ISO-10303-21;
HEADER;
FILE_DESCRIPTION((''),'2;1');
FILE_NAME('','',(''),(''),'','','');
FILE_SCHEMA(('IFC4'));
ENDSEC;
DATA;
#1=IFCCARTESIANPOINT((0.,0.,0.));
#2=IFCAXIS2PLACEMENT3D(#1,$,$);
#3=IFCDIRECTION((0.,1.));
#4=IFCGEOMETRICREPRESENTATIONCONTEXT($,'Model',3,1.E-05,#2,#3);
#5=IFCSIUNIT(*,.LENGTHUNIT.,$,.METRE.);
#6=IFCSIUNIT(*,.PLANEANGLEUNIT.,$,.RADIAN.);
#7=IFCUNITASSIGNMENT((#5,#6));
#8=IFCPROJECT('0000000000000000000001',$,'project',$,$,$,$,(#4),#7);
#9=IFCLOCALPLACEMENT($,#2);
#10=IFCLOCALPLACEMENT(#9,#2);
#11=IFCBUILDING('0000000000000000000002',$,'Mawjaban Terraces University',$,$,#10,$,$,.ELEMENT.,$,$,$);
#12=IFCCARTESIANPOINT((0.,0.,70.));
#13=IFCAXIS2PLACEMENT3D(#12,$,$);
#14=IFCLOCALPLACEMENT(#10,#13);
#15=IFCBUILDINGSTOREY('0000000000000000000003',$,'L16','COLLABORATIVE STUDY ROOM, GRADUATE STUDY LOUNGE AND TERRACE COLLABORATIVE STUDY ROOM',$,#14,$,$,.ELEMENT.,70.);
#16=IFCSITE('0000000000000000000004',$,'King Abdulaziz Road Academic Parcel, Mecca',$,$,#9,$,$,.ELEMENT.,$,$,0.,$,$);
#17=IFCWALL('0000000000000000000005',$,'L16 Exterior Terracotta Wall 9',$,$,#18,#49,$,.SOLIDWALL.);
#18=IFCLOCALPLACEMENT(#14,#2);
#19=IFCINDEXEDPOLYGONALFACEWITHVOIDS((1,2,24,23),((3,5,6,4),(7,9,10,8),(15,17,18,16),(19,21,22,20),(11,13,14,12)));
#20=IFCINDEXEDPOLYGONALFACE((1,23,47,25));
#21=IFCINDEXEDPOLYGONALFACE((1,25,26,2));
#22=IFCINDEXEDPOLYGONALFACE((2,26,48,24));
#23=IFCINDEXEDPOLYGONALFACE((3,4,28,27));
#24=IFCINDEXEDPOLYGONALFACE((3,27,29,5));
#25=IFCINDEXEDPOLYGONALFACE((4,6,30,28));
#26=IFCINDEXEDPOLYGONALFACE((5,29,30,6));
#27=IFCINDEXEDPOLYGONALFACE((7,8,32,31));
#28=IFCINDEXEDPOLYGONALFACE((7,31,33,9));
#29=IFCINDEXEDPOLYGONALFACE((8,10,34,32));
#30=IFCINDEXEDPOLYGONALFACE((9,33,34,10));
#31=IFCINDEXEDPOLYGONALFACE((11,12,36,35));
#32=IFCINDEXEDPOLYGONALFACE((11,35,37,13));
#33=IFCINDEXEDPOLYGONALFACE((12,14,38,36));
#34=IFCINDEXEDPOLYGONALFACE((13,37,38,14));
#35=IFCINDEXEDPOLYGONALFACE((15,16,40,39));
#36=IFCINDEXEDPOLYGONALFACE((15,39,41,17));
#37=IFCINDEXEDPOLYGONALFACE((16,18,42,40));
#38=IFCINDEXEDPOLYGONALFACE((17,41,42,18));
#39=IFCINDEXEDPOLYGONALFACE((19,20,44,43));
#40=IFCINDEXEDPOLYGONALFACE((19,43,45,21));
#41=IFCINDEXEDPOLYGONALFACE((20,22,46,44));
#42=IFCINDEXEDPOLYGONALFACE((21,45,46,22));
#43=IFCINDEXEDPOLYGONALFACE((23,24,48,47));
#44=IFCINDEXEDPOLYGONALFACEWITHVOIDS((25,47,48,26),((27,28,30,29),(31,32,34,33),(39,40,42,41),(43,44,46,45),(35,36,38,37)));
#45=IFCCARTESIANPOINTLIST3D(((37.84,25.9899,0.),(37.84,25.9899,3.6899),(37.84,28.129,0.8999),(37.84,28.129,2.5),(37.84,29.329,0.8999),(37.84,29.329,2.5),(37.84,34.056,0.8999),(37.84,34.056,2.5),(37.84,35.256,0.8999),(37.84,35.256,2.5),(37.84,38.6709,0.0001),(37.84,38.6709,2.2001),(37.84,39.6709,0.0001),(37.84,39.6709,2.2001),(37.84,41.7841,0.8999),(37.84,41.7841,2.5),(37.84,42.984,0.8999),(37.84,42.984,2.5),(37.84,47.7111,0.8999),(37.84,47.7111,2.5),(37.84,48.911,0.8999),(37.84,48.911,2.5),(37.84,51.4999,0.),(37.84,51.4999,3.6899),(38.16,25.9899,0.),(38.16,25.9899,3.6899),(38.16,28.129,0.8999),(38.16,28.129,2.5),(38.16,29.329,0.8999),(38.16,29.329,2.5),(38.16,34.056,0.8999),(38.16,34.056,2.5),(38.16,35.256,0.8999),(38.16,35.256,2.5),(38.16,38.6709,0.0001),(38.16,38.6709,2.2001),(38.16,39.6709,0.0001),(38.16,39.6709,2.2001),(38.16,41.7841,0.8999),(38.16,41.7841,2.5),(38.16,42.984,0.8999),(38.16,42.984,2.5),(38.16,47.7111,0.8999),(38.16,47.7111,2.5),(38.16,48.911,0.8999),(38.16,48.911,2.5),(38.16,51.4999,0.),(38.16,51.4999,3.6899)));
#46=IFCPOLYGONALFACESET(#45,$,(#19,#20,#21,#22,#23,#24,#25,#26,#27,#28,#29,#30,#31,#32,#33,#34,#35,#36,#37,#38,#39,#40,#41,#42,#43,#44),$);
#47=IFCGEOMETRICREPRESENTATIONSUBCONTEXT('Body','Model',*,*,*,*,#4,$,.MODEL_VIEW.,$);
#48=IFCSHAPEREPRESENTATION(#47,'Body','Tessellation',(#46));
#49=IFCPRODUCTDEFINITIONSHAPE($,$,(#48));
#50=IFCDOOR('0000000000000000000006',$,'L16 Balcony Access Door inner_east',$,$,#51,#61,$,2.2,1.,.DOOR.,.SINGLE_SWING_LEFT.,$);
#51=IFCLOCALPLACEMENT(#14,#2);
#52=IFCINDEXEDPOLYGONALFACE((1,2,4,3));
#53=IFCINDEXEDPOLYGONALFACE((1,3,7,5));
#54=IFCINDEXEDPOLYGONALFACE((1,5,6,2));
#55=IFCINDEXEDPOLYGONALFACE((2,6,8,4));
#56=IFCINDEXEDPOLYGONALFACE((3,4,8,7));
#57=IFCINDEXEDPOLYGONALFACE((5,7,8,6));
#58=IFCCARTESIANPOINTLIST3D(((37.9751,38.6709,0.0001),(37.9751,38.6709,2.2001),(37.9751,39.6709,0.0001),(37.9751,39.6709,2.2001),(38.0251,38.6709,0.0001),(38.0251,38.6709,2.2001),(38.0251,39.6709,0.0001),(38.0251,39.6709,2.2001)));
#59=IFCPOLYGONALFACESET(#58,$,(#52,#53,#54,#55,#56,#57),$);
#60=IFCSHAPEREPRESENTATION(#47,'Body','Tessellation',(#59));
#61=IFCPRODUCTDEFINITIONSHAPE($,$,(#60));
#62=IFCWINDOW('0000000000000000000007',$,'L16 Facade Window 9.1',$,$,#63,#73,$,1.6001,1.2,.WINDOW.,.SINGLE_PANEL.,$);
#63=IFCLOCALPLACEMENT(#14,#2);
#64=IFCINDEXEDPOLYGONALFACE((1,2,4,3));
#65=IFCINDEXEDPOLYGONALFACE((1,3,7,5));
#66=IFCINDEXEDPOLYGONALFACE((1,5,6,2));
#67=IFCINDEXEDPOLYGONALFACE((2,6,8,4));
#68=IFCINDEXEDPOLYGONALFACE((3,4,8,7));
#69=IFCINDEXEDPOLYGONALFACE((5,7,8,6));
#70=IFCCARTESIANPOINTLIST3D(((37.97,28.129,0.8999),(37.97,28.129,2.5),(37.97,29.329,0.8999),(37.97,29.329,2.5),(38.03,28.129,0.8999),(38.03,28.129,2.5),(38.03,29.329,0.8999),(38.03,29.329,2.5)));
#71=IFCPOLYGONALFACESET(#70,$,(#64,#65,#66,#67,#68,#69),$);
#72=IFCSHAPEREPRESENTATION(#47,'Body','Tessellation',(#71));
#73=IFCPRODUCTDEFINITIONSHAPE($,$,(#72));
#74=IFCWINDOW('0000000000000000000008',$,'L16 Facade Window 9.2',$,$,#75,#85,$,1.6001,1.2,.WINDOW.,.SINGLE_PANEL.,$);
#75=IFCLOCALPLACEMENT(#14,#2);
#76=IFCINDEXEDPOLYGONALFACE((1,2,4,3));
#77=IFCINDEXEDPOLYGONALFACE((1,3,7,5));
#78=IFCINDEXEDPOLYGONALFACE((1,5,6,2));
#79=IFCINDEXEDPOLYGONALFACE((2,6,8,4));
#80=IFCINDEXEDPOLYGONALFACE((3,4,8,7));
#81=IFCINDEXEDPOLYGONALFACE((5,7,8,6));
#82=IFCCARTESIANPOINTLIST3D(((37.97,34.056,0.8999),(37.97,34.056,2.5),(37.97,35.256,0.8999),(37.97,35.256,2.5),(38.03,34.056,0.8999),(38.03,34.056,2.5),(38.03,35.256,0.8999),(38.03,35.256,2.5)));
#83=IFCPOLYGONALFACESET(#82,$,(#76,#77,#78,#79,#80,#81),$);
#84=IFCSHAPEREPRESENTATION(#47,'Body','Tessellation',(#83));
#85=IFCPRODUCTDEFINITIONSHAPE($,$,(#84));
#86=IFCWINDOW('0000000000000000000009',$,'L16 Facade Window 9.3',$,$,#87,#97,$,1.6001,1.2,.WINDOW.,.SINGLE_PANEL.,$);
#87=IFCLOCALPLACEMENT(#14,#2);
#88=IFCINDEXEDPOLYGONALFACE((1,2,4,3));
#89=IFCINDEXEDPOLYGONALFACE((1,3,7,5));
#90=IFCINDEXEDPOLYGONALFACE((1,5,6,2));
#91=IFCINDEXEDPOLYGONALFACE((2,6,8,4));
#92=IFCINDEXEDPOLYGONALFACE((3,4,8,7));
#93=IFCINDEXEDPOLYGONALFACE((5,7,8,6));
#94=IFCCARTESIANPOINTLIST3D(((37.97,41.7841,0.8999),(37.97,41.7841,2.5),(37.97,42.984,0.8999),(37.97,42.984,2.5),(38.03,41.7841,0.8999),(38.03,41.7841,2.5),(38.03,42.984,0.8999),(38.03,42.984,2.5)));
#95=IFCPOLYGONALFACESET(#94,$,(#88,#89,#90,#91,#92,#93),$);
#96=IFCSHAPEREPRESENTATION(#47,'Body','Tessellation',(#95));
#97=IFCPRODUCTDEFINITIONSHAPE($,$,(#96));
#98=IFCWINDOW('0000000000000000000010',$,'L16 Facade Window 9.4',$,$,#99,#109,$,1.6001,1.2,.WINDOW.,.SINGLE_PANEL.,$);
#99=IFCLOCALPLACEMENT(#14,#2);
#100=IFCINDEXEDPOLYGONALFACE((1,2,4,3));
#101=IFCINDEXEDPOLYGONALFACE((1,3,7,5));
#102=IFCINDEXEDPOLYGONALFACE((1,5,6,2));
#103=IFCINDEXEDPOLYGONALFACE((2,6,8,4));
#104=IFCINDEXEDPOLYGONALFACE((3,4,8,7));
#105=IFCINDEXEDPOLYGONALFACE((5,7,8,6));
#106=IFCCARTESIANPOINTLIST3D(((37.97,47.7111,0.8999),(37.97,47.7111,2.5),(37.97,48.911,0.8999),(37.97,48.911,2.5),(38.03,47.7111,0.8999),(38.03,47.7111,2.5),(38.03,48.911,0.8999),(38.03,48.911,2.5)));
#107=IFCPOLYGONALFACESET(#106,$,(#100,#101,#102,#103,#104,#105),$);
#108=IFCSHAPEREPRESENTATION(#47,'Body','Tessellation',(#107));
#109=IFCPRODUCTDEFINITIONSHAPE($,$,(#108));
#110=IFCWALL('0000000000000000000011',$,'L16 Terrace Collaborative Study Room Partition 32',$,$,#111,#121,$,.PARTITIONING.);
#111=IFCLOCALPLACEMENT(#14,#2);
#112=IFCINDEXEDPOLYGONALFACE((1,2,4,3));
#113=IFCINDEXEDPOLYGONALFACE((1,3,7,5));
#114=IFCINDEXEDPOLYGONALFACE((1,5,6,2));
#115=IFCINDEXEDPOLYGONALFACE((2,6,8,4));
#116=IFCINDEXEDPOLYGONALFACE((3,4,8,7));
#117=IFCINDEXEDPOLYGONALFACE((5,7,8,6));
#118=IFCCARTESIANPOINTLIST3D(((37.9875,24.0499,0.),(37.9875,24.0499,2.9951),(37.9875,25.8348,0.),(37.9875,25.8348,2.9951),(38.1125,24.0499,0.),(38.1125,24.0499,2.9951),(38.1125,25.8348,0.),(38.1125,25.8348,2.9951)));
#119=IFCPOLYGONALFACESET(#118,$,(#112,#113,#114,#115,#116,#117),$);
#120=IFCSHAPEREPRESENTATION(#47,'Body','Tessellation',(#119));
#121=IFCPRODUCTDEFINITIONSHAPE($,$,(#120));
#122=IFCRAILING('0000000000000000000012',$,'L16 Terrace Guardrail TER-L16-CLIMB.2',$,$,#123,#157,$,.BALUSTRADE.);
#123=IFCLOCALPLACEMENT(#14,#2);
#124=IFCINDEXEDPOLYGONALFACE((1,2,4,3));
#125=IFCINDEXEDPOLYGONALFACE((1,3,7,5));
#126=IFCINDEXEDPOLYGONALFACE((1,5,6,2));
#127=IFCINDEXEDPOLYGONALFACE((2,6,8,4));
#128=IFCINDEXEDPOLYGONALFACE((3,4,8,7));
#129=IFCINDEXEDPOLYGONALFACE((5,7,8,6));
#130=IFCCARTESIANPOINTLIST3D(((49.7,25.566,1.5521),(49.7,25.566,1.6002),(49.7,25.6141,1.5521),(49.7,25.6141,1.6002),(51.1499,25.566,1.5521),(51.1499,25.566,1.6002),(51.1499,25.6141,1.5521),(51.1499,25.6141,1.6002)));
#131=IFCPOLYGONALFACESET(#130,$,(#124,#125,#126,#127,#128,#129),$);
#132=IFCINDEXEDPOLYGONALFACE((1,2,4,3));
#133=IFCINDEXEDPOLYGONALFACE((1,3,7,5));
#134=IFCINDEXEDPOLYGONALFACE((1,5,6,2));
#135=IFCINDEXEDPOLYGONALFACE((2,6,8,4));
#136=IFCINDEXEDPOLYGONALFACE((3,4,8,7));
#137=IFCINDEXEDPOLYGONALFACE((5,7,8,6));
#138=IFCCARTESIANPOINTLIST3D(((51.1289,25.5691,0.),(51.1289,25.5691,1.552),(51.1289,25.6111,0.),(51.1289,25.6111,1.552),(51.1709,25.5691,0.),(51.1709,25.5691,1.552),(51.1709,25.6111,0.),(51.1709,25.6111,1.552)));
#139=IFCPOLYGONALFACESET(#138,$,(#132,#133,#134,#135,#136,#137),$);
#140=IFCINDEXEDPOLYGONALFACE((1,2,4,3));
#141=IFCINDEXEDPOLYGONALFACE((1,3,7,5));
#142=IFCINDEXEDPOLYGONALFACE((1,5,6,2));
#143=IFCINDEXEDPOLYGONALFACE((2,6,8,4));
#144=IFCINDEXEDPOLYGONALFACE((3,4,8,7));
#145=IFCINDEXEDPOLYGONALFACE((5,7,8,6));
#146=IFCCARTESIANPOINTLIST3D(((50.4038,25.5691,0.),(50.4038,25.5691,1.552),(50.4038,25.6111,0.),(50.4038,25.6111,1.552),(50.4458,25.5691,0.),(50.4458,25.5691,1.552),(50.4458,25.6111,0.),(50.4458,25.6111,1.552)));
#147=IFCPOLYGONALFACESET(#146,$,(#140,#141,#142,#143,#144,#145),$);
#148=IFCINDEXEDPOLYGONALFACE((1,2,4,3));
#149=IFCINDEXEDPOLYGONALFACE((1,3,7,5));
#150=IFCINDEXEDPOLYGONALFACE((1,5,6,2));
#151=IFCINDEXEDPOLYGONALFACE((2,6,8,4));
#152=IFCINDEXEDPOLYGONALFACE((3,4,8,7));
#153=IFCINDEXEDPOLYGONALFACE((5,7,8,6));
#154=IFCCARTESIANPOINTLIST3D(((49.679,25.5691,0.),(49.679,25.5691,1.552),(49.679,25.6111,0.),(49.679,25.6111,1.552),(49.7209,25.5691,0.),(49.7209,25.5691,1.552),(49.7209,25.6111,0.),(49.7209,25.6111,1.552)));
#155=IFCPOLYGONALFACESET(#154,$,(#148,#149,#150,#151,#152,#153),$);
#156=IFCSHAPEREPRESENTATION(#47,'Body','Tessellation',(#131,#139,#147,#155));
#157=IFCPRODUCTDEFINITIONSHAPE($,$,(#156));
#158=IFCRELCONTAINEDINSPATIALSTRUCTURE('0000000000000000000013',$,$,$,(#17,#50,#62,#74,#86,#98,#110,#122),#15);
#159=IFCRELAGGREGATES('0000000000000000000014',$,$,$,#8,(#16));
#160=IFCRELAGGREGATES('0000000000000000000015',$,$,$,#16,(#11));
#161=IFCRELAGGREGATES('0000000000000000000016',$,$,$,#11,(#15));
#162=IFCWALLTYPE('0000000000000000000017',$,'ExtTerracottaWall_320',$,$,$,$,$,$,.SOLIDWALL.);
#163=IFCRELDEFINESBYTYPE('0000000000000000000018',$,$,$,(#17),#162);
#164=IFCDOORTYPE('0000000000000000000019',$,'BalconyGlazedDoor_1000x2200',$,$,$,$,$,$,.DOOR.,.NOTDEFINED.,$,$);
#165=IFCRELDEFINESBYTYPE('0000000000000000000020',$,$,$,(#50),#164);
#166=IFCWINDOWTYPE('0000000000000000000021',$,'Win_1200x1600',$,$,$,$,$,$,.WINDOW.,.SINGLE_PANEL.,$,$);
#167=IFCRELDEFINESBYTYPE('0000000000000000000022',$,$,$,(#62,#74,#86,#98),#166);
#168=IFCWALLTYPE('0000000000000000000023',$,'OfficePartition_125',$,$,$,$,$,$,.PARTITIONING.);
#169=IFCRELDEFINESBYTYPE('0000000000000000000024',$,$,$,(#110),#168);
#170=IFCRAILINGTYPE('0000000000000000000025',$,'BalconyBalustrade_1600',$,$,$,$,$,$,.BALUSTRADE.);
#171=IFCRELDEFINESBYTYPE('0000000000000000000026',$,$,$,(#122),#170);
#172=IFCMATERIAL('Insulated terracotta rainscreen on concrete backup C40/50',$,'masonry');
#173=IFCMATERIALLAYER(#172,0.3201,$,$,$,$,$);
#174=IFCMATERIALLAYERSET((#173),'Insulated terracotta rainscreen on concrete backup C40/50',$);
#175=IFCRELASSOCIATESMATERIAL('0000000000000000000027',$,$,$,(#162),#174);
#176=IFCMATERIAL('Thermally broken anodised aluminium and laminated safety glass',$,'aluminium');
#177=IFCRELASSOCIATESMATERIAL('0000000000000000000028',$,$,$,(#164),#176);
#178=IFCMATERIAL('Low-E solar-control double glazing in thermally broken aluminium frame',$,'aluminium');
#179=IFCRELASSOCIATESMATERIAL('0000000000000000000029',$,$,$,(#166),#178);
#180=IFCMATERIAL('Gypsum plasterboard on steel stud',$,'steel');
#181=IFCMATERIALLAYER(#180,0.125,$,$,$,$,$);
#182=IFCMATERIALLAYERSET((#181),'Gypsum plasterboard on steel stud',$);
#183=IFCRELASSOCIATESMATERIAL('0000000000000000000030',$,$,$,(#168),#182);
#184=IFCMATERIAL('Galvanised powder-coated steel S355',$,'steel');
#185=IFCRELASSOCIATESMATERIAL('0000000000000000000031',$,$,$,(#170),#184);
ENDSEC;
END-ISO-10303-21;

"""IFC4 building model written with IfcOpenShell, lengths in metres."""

from ifc_helpers import new_model, si_unit, direction, frame, frame_2d, origin, origin_2d, place, context, subcontext, project, spatial, rectangle, extrude, material, layer, layer_set, type_object, element, fill, save


model = new_model("IFC4")

# Units and contexts
model_context = context("Model", 3, precision=1e-05, world=origin(), true_north=direction((0.0, 1.0)))
body_context = subcontext(model_context, "Body", "Model", "MODEL_VIEW")
ifc_project = project(units=[si_unit("LENGTHUNIT", "METRE"), si_unit("PLANEANGLEUNIT", "RADIAN")], contexts=[model_context])

# Site, building, storey
site_placement = place(None, origin())
site = spatial("IfcSite", under=ifc_project, at=site_placement, Name="King Abdulaziz Road Academic Parcel, Mecca", CompositionType="ELEMENT", RefElevation=0.0)
building_placement = place(site_placement, origin())
building = spatial("IfcBuilding", under=site, at=building_placement, Name="Mawjaban Terraces University", CompositionType="ELEMENT")
storey_placement = place(building_placement, frame((0.0, 0.0, 70.0)))
storey = spatial("IfcBuildingStorey", under=building, at=storey_placement, Name="L16", Description="COLLABORATIVE STUDY ROOM, GRADUATE STUDY LOUNGE AND TERRACE COLLABORATIVE STUDY ROOM", CompositionType="ELEMENT", Elevation=70.0)

# Shared definitions
ifc_material_1 = material(Name="Insulated terracotta rainscreen on concrete backup C40/50", Category="masonry")
ifc_layer_1 = layer(ifc_material_1, 0.3201)
ifc_layer_set_1 = layer_set([ifc_layer_1], Name="Insulated terracotta rainscreen on concrete backup C40/50")
wall_type_1 = type_object("IfcWallType", Name="ExtTerracottaWall_320", PredefinedType="SOLIDWALL", material=ifc_layer_set_1)

# Wall, openings, door, windows
wall_1_placement = place(storey_placement, frame((38.0, 25.99, 0.0), z_axis=(0.0, 0.0, 1.0), x_axis=(0.0, 1.0, 0.0)))
wall_1 = element("IfcWall", 1, at=wall_1_placement, inside=storey, type_object=wall_type_1, Name="L16 Exterior Terracotta Wall 9", PredefinedType="SOLIDWALL", context=body_context, shape_type="SweptSolid", body=[
    extrude(rectangle(XDim=25.51, YDim=0.3201, at=frame_2d((12.7549, 0.0))), origin(), (0.0, 0.0, 1.0), 3.6899),
])
opening_1_placement = place(wall_1_placement, frame((12.6809, 0.0, 0.0)))
opening_1 = element("IfcOpeningElement", 2, at=opening_1_placement, cuts=wall_1, PredefinedType="OPENING", context=body_context, shape_type="SweptSolid", body=[
    extrude(rectangle(XDim=1.0, YDim=2.2, at=frame_2d((0.5, 1.1001))), frame((0.0, 0.1699, 0.0), z_axis=(0.0, -1.0, 0.0), x_axis=(1.0, 0.0, 0.0)), (0.0, 0.0, 1.0), 0.3401),
])
opening_2_placement = place(wall_1_placement, frame((2.1389, 0.0, 0.8999)))
opening_2 = element("IfcOpeningElement", 3, at=opening_2_placement, cuts=wall_1, PredefinedType="OPENING", context=body_context, shape_type="SweptSolid", body=[
    extrude(rectangle(XDim=1.2, YDim=1.6001, at=frame_2d((0.6001, 0.8))), frame((0.0, 0.1699, 0.0), z_axis=(0.0, -1.0, 0.0), x_axis=(1.0, 0.0, 0.0)), (0.0, 0.0, 1.0), 0.3401),
])
opening_3_placement = place(wall_1_placement, frame((8.0659, 0.0, 0.8999)))
opening_3 = element("IfcOpeningElement", 4, at=opening_3_placement, cuts=wall_1, PredefinedType="OPENING", context=body_context, shape_type="SweptSolid", body=[
    extrude(rectangle(XDim=1.2, YDim=1.6001, at=frame_2d((0.6001, 0.8))), frame((0.0, 0.1699, 0.0), z_axis=(0.0, -1.0, 0.0), x_axis=(1.0, 0.0, 0.0)), (0.0, 0.0, 1.0), 0.3401),
])
opening_4_placement = place(wall_1_placement, frame((15.7939, 0.0, 0.8999)))
opening_4 = element("IfcOpeningElement", 5, at=opening_4_placement, cuts=wall_1, PredefinedType="OPENING", context=body_context, shape_type="SweptSolid", body=[
    extrude(rectangle(XDim=1.2, YDim=1.6001, at=frame_2d((0.6001, 0.8))), frame((0.0, 0.1699, 0.0), z_axis=(0.0, -1.0, 0.0), x_axis=(1.0, 0.0, 0.0)), (0.0, 0.0, 1.0), 0.3401),
])
opening_5_placement = place(wall_1_placement, frame((21.7209, 0.0, 0.8999)))
opening_5 = element("IfcOpeningElement", 6, at=opening_5_placement, cuts=wall_1, PredefinedType="OPENING", context=body_context, shape_type="SweptSolid", body=[
    extrude(rectangle(XDim=1.2, YDim=1.6001, at=frame_2d((0.6001, 0.8))), frame((0.0, 0.1699, 0.0), z_axis=(0.0, -1.0, 0.0), x_axis=(1.0, 0.0, 0.0)), (0.0, 0.0, 1.0), 0.3401),
])
ifc_material_2 = material(Name="Thermally broken anodised aluminium and laminated safety glass", Category="aluminium")
door_type = type_object("IfcDoorType", Name="BalconyGlazedDoor_1000x2200", OperationType="NOTDEFINED", PredefinedType="DOOR", material=ifc_material_2)
door_placement = place(opening_1_placement, origin())
door = element("IfcDoor", 7, at=door_placement, inside=storey, type_object=door_type, Name="L16 Balcony Access Door inner_east", OperationType="SINGLE_SWING_LEFT", OverallHeight=2.2, OverallWidth=1.0, PredefinedType="DOOR", context=body_context, shape_type="SweptSolid", body=[
    extrude(rectangle(XDim=1.0, YDim=2.2, at=frame_2d((0.5, 1.1001))), frame((0.0, 0.0249, 0.0), z_axis=(0.0, -1.0, 0.0), x_axis=(1.0, 0.0, 0.0)), (0.0, 0.0, 1.0), 0.05),
])
fill(opening_1, door)
ifc_material_3 = material(Name="Low-E solar-control double glazing in thermally broken aluminium frame", Category="aluminium")
window_type = type_object("IfcWindowType", Name="Win_1200x1600", PartitioningType="SINGLE_PANEL", PredefinedType="WINDOW", material=ifc_material_3)
window_1_placement = place(opening_2_placement, origin())
window_1 = element("IfcWindow", 8, at=window_1_placement, inside=storey, type_object=window_type, Name="L16 Facade Window 9.1", OverallHeight=1.6001, OverallWidth=1.2, PartitioningType="SINGLE_PANEL", PredefinedType="WINDOW", context=body_context, shape_type="SweptSolid", body=[
    extrude(rectangle(XDim=1.2, YDim=1.6001, at=frame_2d((0.6001, 0.8))), frame((0.0, 0.03, 0.0), z_axis=(0.0, -1.0, 0.0), x_axis=(1.0, 0.0, 0.0)), (0.0, 0.0, 1.0), 0.0601),
])
fill(opening_2, window_1)
window_2_placement = place(opening_3_placement, origin())
window_2 = element("IfcWindow", 9, at=window_2_placement, inside=storey, type_object=window_type, Name="L16 Facade Window 9.2", OverallHeight=1.6001, OverallWidth=1.2, PartitioningType="SINGLE_PANEL", PredefinedType="WINDOW", context=body_context, shape_type="SweptSolid", body=[
    extrude(rectangle(XDim=1.2, YDim=1.6001, at=frame_2d((0.6001, 0.8))), frame((0.0, 0.03, 0.0), z_axis=(0.0, -1.0, 0.0), x_axis=(1.0, 0.0, 0.0)), (0.0, 0.0, 1.0), 0.0601),
])
fill(opening_3, window_2)
window_3_placement = place(opening_4_placement, origin())
window_3 = element("IfcWindow", 10, at=window_3_placement, inside=storey, type_object=window_type, Name="L16 Facade Window 9.3", OverallHeight=1.6001, OverallWidth=1.2, PartitioningType="SINGLE_PANEL", PredefinedType="WINDOW", context=body_context, shape_type="SweptSolid", body=[
    extrude(rectangle(XDim=1.2, YDim=1.6001, at=frame_2d((0.6001, 0.8))), frame((0.0, 0.03, 0.0), z_axis=(0.0, -1.0, 0.0), x_axis=(1.0, 0.0, 0.0)), (0.0, 0.0, 1.0), 0.0601),
])
fill(opening_4, window_3)
window_4_placement = place(opening_5_placement, origin())
window_4 = element("IfcWindow", 11, at=window_4_placement, inside=storey, type_object=window_type, Name="L16 Facade Window 9.4", OverallHeight=1.6001, OverallWidth=1.2, PartitioningType="SINGLE_PANEL", PredefinedType="WINDOW", context=body_context, shape_type="SweptSolid", body=[
    extrude(rectangle(XDim=1.2, YDim=1.6001, at=frame_2d((0.6001, 0.8))), frame((0.0, 0.03, 0.0), z_axis=(0.0, -1.0, 0.0), x_axis=(1.0, 0.0, 0.0)), (0.0, 0.0, 1.0), 0.0601),
])
fill(opening_5, window_4)

# Wall
ifc_material_4 = material(Name="Gypsum plasterboard on steel stud", Category="steel")
ifc_layer_2 = layer(ifc_material_4, 0.125)
ifc_layer_set_2 = layer_set([ifc_layer_2], Name="Gypsum plasterboard on steel stud")
wall_type_2 = type_object("IfcWallType", Name="OfficePartition_125", PredefinedType="PARTITIONING", material=ifc_layer_set_2)
wall_2_placement = place(storey_placement, frame((38.05, 25.835, 0.0), z_axis=(0.0, 0.0, 1.0), x_axis=(0.0, -1.0, 0.0)))
element("IfcWall", 12, at=wall_2_placement, inside=storey, type_object=wall_type_2, Name="L16 Terrace Collaborative Study Room Partition 32", PredefinedType="PARTITIONING", context=body_context, shape_type="SweptSolid", body=[
    extrude(rectangle(XDim=1.7849, YDim=0.125, at=frame_2d((0.8926, 0.0))), origin(), (0.0, 0.0, 1.0), 2.9951),
])

# Railing
ifc_material_5 = material(Name="Galvanised powder-coated steel S355", Category="steel")
railing_type = type_object("IfcRailingType", Name="BalconyBalustrade_1600", PredefinedType="BALUSTRADE", material=ifc_material_5)
railing_1_placement = place(storey_placement, frame((51.1499, 25.5901, 0.0)))
element("IfcRailing", 13, at=railing_1_placement, inside=storey, type_object=railing_type, Name="L16 Terrace Guardrail TER-L16-CLIMB.2", PredefinedType="BALUSTRADE", context=body_context, shape_type="SweptSolid", body=[
    extrude(rectangle(XDim=0.0481, YDim=0.0481, at=origin_2d()), frame((0.0, 0.0, 1.5762), z_axis=(-1.0, 0.0, 0.0), x_axis=(0.0, -1.0, 0.0)), (0.0, 0.0, 1.0), 1.45),
    extrude(rectangle(XDim=0.042, YDim=0.042, at=origin_2d()), origin(), (0.0, 0.0, 1.0), 1.552),
    extrude(rectangle(XDim=0.042, YDim=0.042, at=origin_2d()), frame((-0.7251, 0.0, 0.0)), (0.0, 0.0, 1.0), 1.552),
    extrude(rectangle(XDim=0.042, YDim=0.042, at=origin_2d()), frame((-1.45, 0.0, 0.0)), (0.0, 0.0, 1.0), 1.552),
])

save(model, "model.ifc")
